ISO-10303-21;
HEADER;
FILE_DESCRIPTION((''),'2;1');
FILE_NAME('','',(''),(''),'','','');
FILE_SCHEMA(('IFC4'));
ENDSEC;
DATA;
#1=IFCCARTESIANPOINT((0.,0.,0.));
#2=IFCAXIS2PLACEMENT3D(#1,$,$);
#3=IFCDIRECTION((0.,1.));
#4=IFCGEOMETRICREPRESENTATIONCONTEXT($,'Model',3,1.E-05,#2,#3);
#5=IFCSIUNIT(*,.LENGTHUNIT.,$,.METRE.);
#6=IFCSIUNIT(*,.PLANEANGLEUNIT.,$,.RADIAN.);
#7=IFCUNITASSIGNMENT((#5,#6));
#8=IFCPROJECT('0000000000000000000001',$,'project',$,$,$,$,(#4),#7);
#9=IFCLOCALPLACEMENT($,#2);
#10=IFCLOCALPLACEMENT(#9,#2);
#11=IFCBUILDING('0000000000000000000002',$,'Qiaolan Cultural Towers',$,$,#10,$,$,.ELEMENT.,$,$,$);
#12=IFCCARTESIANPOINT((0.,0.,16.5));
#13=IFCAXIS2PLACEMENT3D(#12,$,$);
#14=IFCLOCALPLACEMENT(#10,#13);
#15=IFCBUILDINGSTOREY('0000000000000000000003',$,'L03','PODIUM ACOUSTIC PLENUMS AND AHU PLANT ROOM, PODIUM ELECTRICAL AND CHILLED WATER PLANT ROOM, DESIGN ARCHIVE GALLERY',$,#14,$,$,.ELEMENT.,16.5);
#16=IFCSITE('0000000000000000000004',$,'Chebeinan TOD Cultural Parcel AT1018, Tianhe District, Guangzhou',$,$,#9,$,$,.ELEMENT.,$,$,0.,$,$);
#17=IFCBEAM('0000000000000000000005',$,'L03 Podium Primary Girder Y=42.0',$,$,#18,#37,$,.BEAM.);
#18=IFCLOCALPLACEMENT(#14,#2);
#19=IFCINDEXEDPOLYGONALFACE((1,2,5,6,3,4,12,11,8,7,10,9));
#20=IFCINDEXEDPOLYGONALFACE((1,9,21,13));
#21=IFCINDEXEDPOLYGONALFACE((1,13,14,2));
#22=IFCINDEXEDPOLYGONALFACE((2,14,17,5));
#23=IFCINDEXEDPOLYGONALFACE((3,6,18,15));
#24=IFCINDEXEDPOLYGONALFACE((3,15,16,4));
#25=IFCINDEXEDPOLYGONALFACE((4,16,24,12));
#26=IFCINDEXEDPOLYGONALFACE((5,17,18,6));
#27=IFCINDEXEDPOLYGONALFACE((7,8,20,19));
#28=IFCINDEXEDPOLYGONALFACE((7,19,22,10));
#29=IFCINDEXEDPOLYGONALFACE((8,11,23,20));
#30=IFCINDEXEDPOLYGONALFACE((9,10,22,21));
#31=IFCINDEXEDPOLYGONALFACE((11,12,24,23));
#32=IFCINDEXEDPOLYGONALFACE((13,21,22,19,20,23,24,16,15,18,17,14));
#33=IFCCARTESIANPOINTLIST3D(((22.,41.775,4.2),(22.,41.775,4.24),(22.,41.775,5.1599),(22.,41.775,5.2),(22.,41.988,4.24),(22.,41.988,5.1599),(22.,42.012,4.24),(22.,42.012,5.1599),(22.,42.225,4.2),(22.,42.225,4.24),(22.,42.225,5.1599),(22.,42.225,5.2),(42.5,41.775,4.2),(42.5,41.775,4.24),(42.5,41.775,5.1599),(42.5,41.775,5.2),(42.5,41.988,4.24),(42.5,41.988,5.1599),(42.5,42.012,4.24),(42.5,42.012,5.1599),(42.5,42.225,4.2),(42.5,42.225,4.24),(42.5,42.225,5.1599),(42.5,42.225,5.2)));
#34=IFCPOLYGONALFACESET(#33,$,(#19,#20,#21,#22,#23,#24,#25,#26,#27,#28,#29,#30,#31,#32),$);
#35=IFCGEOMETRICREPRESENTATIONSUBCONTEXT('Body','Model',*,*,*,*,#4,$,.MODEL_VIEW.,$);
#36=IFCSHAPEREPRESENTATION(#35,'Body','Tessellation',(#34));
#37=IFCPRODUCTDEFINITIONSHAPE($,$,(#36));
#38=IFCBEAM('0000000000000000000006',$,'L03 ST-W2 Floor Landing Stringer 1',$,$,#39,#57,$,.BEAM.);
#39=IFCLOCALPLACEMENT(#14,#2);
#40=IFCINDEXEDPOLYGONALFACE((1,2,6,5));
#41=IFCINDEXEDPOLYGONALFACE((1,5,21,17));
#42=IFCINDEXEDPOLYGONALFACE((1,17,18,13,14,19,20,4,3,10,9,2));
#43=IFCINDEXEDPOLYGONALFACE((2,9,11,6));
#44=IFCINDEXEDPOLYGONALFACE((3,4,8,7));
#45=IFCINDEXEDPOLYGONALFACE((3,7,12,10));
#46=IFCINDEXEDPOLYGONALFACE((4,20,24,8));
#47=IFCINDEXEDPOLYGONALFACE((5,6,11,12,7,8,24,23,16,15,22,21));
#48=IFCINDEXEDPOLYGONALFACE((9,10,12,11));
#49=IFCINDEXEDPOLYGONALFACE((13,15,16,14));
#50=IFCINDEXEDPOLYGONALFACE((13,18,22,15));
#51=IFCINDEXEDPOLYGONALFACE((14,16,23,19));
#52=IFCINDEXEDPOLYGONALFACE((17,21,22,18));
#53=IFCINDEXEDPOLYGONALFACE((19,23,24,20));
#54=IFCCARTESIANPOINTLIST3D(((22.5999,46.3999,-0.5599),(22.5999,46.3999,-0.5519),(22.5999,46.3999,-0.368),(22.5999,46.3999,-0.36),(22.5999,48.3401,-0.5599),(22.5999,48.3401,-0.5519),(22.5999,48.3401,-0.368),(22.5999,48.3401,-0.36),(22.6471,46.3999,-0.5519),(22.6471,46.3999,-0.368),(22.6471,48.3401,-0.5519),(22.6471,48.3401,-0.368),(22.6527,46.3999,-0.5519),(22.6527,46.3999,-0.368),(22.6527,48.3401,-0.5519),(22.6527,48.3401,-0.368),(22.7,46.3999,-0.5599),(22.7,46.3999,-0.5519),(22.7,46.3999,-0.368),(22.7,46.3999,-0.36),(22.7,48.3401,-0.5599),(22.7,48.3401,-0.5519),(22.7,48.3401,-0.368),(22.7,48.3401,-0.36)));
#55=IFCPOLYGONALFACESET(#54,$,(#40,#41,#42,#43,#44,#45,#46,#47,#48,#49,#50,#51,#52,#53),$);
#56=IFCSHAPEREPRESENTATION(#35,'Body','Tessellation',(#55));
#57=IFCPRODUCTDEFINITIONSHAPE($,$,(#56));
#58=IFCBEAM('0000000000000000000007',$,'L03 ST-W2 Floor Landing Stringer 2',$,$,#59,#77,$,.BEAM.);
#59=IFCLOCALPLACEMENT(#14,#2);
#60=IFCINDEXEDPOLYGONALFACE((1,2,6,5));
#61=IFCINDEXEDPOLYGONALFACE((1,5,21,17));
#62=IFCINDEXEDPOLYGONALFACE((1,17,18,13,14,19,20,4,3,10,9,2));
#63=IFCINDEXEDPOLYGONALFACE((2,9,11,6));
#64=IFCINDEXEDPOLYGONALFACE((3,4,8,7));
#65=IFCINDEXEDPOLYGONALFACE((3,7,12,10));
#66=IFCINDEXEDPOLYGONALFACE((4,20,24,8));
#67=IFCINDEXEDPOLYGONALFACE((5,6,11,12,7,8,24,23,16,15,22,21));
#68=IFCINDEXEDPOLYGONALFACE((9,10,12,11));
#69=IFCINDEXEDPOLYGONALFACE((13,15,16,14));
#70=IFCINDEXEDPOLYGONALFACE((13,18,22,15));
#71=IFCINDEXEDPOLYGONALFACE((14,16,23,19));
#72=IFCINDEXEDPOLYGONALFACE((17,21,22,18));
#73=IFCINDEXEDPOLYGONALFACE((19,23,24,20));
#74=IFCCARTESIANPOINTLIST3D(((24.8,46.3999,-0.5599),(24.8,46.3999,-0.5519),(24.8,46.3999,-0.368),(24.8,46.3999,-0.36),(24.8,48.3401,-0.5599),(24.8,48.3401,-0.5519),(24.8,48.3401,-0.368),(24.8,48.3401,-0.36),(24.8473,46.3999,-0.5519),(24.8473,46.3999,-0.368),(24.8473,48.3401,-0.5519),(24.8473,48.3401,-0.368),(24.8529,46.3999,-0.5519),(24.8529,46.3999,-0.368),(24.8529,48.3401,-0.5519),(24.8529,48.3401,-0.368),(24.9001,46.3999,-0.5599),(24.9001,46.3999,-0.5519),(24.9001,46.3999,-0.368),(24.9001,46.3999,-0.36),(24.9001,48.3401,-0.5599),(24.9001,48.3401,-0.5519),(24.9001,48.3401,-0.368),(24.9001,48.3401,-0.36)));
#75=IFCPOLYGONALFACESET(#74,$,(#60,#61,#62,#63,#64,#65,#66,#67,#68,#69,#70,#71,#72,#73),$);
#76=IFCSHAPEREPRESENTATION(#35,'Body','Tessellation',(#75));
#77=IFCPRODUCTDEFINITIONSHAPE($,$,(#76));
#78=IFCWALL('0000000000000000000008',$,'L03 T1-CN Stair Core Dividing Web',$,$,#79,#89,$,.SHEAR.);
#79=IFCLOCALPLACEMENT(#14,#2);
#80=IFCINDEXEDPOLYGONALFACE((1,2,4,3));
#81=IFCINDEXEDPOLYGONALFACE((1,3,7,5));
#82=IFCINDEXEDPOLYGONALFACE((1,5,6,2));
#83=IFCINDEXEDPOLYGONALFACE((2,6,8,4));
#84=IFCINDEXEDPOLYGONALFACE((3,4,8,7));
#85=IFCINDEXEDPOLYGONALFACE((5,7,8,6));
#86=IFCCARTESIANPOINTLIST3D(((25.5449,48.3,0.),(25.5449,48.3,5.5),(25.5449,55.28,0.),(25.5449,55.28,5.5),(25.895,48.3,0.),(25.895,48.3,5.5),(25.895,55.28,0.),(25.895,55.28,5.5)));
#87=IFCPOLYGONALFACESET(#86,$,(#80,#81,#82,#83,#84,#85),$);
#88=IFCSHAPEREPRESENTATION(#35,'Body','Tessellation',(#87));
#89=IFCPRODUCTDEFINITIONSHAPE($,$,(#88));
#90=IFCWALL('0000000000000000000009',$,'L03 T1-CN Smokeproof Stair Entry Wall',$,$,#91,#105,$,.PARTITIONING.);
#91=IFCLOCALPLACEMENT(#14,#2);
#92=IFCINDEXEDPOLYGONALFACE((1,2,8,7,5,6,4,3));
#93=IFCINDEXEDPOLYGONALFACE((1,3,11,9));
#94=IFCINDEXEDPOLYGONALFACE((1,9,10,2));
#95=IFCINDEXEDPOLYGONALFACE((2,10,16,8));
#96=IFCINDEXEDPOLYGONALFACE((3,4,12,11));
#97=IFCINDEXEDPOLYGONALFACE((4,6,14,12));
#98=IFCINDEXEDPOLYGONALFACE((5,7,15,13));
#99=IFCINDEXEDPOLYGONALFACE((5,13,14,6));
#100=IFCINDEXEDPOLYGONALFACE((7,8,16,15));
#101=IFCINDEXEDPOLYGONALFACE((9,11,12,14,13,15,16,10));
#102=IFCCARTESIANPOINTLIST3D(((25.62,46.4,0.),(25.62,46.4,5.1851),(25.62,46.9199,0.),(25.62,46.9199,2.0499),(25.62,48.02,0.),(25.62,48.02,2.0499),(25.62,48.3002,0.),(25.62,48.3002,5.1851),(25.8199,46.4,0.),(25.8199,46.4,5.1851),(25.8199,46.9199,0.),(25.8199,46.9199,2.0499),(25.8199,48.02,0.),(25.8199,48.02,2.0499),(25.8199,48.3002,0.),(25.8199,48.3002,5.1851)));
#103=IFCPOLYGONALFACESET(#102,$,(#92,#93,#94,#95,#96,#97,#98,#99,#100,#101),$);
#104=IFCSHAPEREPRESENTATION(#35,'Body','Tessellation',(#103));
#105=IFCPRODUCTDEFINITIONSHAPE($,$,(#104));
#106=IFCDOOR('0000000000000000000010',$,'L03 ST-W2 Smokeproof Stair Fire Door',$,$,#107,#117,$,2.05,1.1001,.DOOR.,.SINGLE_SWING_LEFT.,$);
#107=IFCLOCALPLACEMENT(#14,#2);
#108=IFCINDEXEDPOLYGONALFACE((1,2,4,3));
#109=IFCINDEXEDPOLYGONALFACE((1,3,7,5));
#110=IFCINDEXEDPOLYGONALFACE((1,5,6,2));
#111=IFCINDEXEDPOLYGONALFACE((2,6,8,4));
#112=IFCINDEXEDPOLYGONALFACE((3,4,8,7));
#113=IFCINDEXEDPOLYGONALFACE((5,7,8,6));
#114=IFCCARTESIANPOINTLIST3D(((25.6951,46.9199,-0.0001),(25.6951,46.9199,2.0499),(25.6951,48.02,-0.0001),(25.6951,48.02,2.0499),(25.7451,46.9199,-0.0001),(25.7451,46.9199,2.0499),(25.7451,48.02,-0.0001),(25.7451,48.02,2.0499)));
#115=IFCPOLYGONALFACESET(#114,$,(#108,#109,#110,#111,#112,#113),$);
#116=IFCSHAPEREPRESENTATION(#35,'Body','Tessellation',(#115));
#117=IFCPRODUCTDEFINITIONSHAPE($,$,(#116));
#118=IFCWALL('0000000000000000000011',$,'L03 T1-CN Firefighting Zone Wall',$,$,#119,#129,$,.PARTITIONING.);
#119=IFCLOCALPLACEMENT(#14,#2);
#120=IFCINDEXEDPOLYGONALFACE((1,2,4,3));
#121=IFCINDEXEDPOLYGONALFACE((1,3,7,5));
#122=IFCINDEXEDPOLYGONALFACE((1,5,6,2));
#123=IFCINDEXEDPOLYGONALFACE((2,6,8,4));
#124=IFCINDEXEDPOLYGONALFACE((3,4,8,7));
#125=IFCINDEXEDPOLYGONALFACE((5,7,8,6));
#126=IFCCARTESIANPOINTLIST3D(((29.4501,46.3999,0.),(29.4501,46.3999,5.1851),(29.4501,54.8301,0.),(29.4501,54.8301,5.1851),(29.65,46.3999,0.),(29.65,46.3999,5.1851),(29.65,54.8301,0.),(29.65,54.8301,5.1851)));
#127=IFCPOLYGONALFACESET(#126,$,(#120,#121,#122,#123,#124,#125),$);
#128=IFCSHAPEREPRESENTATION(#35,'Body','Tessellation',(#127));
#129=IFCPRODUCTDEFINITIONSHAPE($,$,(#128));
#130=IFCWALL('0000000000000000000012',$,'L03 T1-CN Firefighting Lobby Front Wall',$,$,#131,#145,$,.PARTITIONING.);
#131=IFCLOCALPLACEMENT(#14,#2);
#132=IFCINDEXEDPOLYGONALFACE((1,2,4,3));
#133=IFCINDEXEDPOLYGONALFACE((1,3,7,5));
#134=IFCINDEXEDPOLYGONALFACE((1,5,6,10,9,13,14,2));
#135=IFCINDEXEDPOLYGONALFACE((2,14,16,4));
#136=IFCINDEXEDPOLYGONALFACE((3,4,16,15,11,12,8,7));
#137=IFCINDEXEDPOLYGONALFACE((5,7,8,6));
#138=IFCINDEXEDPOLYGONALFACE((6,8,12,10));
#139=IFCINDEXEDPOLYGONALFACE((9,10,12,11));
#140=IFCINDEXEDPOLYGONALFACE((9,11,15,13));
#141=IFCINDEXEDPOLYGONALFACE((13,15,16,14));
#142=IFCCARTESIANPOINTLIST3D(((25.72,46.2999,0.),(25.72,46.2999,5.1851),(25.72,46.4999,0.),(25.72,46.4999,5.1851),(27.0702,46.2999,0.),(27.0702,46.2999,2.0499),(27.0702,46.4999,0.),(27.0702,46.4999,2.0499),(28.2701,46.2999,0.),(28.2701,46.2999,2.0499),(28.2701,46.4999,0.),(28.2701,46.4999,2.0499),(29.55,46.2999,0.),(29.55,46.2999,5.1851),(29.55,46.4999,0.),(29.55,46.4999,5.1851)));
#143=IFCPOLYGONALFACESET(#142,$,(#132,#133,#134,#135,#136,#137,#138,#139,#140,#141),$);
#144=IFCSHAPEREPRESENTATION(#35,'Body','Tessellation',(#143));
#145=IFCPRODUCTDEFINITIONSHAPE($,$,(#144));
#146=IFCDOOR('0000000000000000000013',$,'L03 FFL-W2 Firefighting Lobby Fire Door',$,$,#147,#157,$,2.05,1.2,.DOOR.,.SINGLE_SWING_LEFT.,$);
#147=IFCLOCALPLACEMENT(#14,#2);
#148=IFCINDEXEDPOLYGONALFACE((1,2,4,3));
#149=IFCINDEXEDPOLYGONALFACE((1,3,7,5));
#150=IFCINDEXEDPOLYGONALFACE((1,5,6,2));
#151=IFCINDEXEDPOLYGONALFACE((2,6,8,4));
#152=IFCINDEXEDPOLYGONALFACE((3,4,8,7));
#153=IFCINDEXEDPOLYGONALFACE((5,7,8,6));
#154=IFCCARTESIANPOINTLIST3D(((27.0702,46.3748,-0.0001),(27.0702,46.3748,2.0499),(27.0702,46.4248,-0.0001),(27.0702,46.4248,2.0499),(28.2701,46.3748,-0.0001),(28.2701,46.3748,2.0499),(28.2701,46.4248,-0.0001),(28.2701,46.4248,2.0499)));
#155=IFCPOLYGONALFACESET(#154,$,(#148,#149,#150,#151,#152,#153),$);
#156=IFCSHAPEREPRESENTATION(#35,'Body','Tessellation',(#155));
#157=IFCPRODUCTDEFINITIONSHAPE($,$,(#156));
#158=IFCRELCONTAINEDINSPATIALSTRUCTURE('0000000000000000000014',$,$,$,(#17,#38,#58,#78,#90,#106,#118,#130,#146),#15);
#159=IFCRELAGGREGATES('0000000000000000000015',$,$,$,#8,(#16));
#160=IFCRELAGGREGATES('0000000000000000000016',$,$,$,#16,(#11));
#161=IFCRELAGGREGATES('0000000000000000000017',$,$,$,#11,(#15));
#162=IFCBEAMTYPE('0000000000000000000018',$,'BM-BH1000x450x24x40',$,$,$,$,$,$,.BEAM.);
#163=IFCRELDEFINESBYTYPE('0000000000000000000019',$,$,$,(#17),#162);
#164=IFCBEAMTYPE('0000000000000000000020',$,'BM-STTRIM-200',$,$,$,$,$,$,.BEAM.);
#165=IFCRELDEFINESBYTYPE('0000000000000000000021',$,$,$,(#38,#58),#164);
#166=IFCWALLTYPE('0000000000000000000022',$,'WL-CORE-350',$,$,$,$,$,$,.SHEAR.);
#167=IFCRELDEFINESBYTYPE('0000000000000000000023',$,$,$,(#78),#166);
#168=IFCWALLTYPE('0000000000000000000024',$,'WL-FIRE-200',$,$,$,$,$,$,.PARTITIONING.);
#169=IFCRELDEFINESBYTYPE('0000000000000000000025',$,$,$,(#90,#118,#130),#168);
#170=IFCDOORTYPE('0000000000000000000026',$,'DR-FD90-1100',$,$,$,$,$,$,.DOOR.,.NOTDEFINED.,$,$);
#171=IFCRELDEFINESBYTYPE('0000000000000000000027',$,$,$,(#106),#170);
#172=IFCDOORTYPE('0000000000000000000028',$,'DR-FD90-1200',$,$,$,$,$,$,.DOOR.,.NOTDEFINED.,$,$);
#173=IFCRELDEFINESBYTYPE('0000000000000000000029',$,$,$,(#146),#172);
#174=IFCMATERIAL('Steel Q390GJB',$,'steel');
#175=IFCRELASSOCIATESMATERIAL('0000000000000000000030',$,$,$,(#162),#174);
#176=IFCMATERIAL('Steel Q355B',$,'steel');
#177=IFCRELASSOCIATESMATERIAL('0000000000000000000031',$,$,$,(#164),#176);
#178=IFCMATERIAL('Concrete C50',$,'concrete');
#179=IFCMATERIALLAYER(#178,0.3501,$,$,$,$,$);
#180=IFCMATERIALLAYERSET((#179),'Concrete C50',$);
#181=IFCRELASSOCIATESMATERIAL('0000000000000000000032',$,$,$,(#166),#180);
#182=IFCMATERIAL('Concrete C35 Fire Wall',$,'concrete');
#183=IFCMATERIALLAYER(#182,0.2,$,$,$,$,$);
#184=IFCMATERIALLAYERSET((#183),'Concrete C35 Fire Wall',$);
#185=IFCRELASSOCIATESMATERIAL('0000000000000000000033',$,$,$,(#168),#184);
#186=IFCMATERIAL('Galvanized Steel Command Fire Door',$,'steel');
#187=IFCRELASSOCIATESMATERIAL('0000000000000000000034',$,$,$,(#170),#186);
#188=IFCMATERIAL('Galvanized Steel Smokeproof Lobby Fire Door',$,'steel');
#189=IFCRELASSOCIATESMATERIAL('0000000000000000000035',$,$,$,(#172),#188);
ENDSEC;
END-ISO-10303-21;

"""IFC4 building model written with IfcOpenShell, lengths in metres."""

from ifc_helpers import new_model, si_unit, direction, frame, frame_2d, origin, origin_2d, place, context, subcontext, project, spatial, rectangle, i_section, extrude, material, layer, layer_set, material_profile, profile_set, type_object, element, fill, save


model = new_model("IFC4")

# Units and contexts
model_context = context("Model", 3, precision=1e-05, world=origin(), true_north=direction((0.0, 1.0)))
body_context = subcontext(model_context, "Body", "Model", "MODEL_VIEW")
ifc_project = project(units=[si_unit("LENGTHUNIT", "METRE"), si_unit("PLANEANGLEUNIT", "RADIAN")], contexts=[model_context])

# Site, building, storey
site_placement = place(None, origin())
site = spatial("IfcSite", under=ifc_project, at=site_placement, Name="Chebeinan TOD Cultural Parcel AT1018, Tianhe District, Guangzhou", CompositionType="ELEMENT", RefElevation=0.0)
building_placement = place(site_placement, origin())
building = spatial("IfcBuilding", under=site, at=building_placement, Name="Qiaolan Cultural Towers", CompositionType="ELEMENT")
storey_placement = place(building_placement, frame((0.0, 0.0, 16.5)))
storey = spatial("IfcBuildingStorey", under=building, at=storey_placement, Name="L03", Description="PODIUM ACOUSTIC PLENUMS AND AHU PLANT ROOM, PODIUM ELECTRICAL AND CHILLED WATER PLANT ROOM, DESIGN ARCHIVE GALLERY", CompositionType="ELEMENT", Elevation=16.5)

# Beams
ifc_material_1 = material(Name="Steel Q390GJB", Category="steel")
ifc_material_profile_1 = material_profile(ifc_material_1, i_section(OverallWidth=0.45, OverallDepth=1.0, WebThickness=0.0239, FlangeThickness=0.04, at=origin_2d()), Name="BH1000x450x24x40")
ifc_profile_set_1 = profile_set([ifc_material_profile_1], Name="Steel Q390GJB")
beam_type_1 = type_object("IfcBeamType", Name="BM-BH1000x450x24x40", PredefinedType="BEAM", material=ifc_profile_set_1)
beam_placement = place(storey_placement, frame((22.0, 42.0, 4.7), z_axis=(1.0, 0.0, 0.0), x_axis=(0.0, 1.0, 0.0)))
element("IfcBeam", 1, at=beam_placement, inside=storey, type_object=beam_type_1, Name="L03 Podium Primary Girder Y=42.0", PredefinedType="BEAM", context=body_context, shape_type="SweptSolid", body=[
    extrude(i_section(OverallWidth=0.45, OverallDepth=1.0, WebThickness=0.0239, FlangeThickness=0.04, at=origin_2d()), origin(), (0.0, 0.0, 1.0), 20.5),
])
ifc_material_2 = material(Name="Steel Q355B", Category="steel")
ifc_material_profile_2 = material_profile(ifc_material_2, i_section(OverallWidth=0.1001, OverallDepth=0.2, WebThickness=0.0056, FlangeThickness=0.0081, at=origin_2d()), Name="HN200x100x5.5x8")
ifc_profile_set_2 = profile_set([ifc_material_profile_2], Name="Steel Q355B")
beam_type_2 = type_object("IfcBeamType", Name="BM-STTRIM-200", PredefinedType="BEAM", material=ifc_profile_set_2)
for number, where, z_axis, x_axis, name in (
    (2, (22.6499, 46.3999, -0.46), (0.0, 1.0, 0.0), (-1.0, 0.0, 0.0), "L03 ST-W2 Floor Landing Stringer 1"),
    (3, (24.8501, 46.3999, -0.46), (0.0, 1.0, 0.0), (-1.0, 0.0, 0.0), "L03 ST-W2 Floor Landing Stringer 2"),
):
    element("IfcBeam", number, at=place(storey_placement, frame(where, z_axis=z_axis, x_axis=x_axis)), inside=storey, type_object=beam_type_2, Name=name, PredefinedType="BEAM", context=body_context, shape_type="SweptSolid", body=[
        extrude(i_section(OverallWidth=0.1001, OverallDepth=0.2, WebThickness=0.0056, FlangeThickness=0.0081, at=origin_2d()), origin(), (0.0, 0.0, 1.0), 1.9402),
    ])

# Wall
ifc_material_3 = material(Name="Concrete C50", Category="concrete")
ifc_layer_1 = layer(ifc_material_3, 0.3501)
ifc_layer_set_1 = layer_set([ifc_layer_1], Name="Concrete C50")
wall_type_1 = type_object("IfcWallType", Name="WL-CORE-350", PredefinedType="SHEAR", material=ifc_layer_set_1)
wall_1_placement = place(storey_placement, frame((25.72, 48.3, 0.0), z_axis=(0.0, 0.0, 1.0), x_axis=(0.0, 1.0, 0.0)))
element("IfcWall", 4, at=wall_1_placement, inside=storey, type_object=wall_type_1, Name="L03 T1-CN Stair Core Dividing Web", PredefinedType="SHEAR", context=body_context, shape_type="SweptSolid", body=[
    extrude(rectangle(XDim=6.98, YDim=0.3501, at=frame_2d((3.49, 0.0))), origin(), (0.0, 0.0, 1.0), 5.5),
])

# Wall, opening, door
ifc_material_4 = material(Name="Concrete C35 Fire Wall", Category="concrete")
ifc_layer_2 = layer(ifc_material_4, 0.2)
ifc_layer_set_2 = layer_set([ifc_layer_2], Name="Concrete C35 Fire Wall")
wall_type_2 = type_object("IfcWallType", Name="WL-FIRE-200", PredefinedType="PARTITIONING", material=ifc_layer_set_2)
wall_2_placement = place(storey_placement, frame((25.72, 46.3999, 0.0), z_axis=(0.0, 0.0, 1.0), x_axis=(0.0, 1.0, 0.0)))
wall_2 = element("IfcWall", 5, at=wall_2_placement, inside=storey, type_object=wall_type_2, Name="L03 T1-CN Smokeproof Stair Entry Wall", PredefinedType="PARTITIONING", context=body_context, shape_type="SweptSolid", body=[
    extrude(rectangle(XDim=1.9001, YDim=0.2, at=frame_2d((0.9502, 0.0))), origin(), (0.0, 0.0, 1.0), 5.1851),
])
opening_1_placement = place(wall_2_placement, frame((0.52, 0.0, 0.0)))
opening_1 = element("IfcOpeningElement", 6, at=opening_1_placement, cuts=wall_2, PredefinedType="OPENING", context=body_context, shape_type="SweptSolid", body=[
    extrude(rectangle(XDim=1.1001, YDim=2.05, at=frame_2d((0.55, 1.0249))), frame((0.0, 0.1099, 0.0), z_axis=(0.0, -1.0, 0.0), x_axis=(1.0, 0.0, 0.0)), (0.0, 0.0, 1.0), 0.22),
])
ifc_material_5 = material(Name="Galvanized Steel Command Fire Door", Category="steel")
door_type_1 = type_object("IfcDoorType", Name="DR-FD90-1100", OperationType="NOTDEFINED", PredefinedType="DOOR", material=ifc_material_5)
door_1_placement = place(opening_1_placement, origin())
door_1 = element("IfcDoor", 7, at=door_1_placement, inside=storey, type_object=door_type_1, Name="L03 ST-W2 Smokeproof Stair Fire Door", OperationType="SINGLE_SWING_LEFT", OverallHeight=2.05, OverallWidth=1.1001, PredefinedType="DOOR", context=body_context, shape_type="SweptSolid", body=[
    extrude(rectangle(XDim=1.1001, YDim=2.05, at=frame_2d((0.55, 1.0249))), frame((0.0, 0.0249, 0.0), z_axis=(0.0, -1.0, 0.0), x_axis=(1.0, 0.0, 0.0)), (0.0, 0.0, 1.0), 0.05),
])
fill(opening_1, door_1)

# Wall
wall_3_placement = place(storey_placement, frame((29.55, 46.3999, 0.0), z_axis=(0.0, 0.0, 1.0), x_axis=(0.0, 1.0, 0.0)))
element("IfcWall", 8, at=wall_3_placement, inside=storey, type_object=wall_type_2, Name="L03 T1-CN Firefighting Zone Wall", PredefinedType="PARTITIONING", context=body_context, shape_type="SweptSolid", body=[
    extrude(rectangle(XDim=8.4302, YDim=0.2, at=frame_2d((4.2151, 0.0))), origin(), (0.0, 0.0, 1.0), 5.1851),
])

# Wall, opening, door
wall_4_placement = place(storey_placement, frame((25.72, 46.3999, 0.0), z_axis=(0.0, 0.0, 1.0), x_axis=(1.0, 0.0, 0.0)))
wall_4 = element("IfcWall", 9, at=wall_4_placement, inside=storey, type_object=wall_type_2, Name="L03 T1-CN Firefighting Lobby Front Wall", PredefinedType="PARTITIONING", context=body_context, shape_type="SweptSolid", body=[
    extrude(rectangle(XDim=3.8301, YDim=0.2, at=frame_2d((1.915, 0.0))), origin(), (0.0, 0.0, 1.0), 5.1851),
])
opening_2_placement = place(wall_4_placement, frame((1.3501, 0.0, 0.0)))
opening_2 = element("IfcOpeningElement", 10, at=opening_2_placement, cuts=wall_4, PredefinedType="OPENING", context=body_context, shape_type="SweptSolid", body=[
    extrude(rectangle(XDim=1.2, YDim=2.05, at=frame_2d((0.6001, 1.0249))), frame((0.0, 0.1099, 0.0), z_axis=(0.0, -1.0, 0.0), x_axis=(1.0, 0.0, 0.0)), (0.0, 0.0, 1.0), 0.22),
])
ifc_material_6 = material(Name="Galvanized Steel Smokeproof Lobby Fire Door", Category="steel")
door_type_2 = type_object("IfcDoorType", Name="DR-FD90-1200", OperationType="NOTDEFINED", PredefinedType="DOOR", material=ifc_material_6)
door_2_placement = place(opening_2_placement, origin())
door_2 = element("IfcDoor", 11, at=door_2_placement, inside=storey, type_object=door_type_2, Name="L03 FFL-W2 Firefighting Lobby Fire Door", OperationType="SINGLE_SWING_LEFT", OverallHeight=2.05, OverallWidth=1.2, PredefinedType="DOOR", context=body_context, shape_type="SweptSolid", body=[
    extrude(rectangle(XDim=1.2, YDim=2.05, at=frame_2d((0.6001, 1.0249))), frame((0.0, 0.0249, 0.0), z_axis=(0.0, -1.0, 0.0), x_axis=(1.0, 0.0, 0.0)), (0.0, 0.0, 1.0), 0.05),
])
fill(opening_2, door_2)

save(model, "model.ifc")
